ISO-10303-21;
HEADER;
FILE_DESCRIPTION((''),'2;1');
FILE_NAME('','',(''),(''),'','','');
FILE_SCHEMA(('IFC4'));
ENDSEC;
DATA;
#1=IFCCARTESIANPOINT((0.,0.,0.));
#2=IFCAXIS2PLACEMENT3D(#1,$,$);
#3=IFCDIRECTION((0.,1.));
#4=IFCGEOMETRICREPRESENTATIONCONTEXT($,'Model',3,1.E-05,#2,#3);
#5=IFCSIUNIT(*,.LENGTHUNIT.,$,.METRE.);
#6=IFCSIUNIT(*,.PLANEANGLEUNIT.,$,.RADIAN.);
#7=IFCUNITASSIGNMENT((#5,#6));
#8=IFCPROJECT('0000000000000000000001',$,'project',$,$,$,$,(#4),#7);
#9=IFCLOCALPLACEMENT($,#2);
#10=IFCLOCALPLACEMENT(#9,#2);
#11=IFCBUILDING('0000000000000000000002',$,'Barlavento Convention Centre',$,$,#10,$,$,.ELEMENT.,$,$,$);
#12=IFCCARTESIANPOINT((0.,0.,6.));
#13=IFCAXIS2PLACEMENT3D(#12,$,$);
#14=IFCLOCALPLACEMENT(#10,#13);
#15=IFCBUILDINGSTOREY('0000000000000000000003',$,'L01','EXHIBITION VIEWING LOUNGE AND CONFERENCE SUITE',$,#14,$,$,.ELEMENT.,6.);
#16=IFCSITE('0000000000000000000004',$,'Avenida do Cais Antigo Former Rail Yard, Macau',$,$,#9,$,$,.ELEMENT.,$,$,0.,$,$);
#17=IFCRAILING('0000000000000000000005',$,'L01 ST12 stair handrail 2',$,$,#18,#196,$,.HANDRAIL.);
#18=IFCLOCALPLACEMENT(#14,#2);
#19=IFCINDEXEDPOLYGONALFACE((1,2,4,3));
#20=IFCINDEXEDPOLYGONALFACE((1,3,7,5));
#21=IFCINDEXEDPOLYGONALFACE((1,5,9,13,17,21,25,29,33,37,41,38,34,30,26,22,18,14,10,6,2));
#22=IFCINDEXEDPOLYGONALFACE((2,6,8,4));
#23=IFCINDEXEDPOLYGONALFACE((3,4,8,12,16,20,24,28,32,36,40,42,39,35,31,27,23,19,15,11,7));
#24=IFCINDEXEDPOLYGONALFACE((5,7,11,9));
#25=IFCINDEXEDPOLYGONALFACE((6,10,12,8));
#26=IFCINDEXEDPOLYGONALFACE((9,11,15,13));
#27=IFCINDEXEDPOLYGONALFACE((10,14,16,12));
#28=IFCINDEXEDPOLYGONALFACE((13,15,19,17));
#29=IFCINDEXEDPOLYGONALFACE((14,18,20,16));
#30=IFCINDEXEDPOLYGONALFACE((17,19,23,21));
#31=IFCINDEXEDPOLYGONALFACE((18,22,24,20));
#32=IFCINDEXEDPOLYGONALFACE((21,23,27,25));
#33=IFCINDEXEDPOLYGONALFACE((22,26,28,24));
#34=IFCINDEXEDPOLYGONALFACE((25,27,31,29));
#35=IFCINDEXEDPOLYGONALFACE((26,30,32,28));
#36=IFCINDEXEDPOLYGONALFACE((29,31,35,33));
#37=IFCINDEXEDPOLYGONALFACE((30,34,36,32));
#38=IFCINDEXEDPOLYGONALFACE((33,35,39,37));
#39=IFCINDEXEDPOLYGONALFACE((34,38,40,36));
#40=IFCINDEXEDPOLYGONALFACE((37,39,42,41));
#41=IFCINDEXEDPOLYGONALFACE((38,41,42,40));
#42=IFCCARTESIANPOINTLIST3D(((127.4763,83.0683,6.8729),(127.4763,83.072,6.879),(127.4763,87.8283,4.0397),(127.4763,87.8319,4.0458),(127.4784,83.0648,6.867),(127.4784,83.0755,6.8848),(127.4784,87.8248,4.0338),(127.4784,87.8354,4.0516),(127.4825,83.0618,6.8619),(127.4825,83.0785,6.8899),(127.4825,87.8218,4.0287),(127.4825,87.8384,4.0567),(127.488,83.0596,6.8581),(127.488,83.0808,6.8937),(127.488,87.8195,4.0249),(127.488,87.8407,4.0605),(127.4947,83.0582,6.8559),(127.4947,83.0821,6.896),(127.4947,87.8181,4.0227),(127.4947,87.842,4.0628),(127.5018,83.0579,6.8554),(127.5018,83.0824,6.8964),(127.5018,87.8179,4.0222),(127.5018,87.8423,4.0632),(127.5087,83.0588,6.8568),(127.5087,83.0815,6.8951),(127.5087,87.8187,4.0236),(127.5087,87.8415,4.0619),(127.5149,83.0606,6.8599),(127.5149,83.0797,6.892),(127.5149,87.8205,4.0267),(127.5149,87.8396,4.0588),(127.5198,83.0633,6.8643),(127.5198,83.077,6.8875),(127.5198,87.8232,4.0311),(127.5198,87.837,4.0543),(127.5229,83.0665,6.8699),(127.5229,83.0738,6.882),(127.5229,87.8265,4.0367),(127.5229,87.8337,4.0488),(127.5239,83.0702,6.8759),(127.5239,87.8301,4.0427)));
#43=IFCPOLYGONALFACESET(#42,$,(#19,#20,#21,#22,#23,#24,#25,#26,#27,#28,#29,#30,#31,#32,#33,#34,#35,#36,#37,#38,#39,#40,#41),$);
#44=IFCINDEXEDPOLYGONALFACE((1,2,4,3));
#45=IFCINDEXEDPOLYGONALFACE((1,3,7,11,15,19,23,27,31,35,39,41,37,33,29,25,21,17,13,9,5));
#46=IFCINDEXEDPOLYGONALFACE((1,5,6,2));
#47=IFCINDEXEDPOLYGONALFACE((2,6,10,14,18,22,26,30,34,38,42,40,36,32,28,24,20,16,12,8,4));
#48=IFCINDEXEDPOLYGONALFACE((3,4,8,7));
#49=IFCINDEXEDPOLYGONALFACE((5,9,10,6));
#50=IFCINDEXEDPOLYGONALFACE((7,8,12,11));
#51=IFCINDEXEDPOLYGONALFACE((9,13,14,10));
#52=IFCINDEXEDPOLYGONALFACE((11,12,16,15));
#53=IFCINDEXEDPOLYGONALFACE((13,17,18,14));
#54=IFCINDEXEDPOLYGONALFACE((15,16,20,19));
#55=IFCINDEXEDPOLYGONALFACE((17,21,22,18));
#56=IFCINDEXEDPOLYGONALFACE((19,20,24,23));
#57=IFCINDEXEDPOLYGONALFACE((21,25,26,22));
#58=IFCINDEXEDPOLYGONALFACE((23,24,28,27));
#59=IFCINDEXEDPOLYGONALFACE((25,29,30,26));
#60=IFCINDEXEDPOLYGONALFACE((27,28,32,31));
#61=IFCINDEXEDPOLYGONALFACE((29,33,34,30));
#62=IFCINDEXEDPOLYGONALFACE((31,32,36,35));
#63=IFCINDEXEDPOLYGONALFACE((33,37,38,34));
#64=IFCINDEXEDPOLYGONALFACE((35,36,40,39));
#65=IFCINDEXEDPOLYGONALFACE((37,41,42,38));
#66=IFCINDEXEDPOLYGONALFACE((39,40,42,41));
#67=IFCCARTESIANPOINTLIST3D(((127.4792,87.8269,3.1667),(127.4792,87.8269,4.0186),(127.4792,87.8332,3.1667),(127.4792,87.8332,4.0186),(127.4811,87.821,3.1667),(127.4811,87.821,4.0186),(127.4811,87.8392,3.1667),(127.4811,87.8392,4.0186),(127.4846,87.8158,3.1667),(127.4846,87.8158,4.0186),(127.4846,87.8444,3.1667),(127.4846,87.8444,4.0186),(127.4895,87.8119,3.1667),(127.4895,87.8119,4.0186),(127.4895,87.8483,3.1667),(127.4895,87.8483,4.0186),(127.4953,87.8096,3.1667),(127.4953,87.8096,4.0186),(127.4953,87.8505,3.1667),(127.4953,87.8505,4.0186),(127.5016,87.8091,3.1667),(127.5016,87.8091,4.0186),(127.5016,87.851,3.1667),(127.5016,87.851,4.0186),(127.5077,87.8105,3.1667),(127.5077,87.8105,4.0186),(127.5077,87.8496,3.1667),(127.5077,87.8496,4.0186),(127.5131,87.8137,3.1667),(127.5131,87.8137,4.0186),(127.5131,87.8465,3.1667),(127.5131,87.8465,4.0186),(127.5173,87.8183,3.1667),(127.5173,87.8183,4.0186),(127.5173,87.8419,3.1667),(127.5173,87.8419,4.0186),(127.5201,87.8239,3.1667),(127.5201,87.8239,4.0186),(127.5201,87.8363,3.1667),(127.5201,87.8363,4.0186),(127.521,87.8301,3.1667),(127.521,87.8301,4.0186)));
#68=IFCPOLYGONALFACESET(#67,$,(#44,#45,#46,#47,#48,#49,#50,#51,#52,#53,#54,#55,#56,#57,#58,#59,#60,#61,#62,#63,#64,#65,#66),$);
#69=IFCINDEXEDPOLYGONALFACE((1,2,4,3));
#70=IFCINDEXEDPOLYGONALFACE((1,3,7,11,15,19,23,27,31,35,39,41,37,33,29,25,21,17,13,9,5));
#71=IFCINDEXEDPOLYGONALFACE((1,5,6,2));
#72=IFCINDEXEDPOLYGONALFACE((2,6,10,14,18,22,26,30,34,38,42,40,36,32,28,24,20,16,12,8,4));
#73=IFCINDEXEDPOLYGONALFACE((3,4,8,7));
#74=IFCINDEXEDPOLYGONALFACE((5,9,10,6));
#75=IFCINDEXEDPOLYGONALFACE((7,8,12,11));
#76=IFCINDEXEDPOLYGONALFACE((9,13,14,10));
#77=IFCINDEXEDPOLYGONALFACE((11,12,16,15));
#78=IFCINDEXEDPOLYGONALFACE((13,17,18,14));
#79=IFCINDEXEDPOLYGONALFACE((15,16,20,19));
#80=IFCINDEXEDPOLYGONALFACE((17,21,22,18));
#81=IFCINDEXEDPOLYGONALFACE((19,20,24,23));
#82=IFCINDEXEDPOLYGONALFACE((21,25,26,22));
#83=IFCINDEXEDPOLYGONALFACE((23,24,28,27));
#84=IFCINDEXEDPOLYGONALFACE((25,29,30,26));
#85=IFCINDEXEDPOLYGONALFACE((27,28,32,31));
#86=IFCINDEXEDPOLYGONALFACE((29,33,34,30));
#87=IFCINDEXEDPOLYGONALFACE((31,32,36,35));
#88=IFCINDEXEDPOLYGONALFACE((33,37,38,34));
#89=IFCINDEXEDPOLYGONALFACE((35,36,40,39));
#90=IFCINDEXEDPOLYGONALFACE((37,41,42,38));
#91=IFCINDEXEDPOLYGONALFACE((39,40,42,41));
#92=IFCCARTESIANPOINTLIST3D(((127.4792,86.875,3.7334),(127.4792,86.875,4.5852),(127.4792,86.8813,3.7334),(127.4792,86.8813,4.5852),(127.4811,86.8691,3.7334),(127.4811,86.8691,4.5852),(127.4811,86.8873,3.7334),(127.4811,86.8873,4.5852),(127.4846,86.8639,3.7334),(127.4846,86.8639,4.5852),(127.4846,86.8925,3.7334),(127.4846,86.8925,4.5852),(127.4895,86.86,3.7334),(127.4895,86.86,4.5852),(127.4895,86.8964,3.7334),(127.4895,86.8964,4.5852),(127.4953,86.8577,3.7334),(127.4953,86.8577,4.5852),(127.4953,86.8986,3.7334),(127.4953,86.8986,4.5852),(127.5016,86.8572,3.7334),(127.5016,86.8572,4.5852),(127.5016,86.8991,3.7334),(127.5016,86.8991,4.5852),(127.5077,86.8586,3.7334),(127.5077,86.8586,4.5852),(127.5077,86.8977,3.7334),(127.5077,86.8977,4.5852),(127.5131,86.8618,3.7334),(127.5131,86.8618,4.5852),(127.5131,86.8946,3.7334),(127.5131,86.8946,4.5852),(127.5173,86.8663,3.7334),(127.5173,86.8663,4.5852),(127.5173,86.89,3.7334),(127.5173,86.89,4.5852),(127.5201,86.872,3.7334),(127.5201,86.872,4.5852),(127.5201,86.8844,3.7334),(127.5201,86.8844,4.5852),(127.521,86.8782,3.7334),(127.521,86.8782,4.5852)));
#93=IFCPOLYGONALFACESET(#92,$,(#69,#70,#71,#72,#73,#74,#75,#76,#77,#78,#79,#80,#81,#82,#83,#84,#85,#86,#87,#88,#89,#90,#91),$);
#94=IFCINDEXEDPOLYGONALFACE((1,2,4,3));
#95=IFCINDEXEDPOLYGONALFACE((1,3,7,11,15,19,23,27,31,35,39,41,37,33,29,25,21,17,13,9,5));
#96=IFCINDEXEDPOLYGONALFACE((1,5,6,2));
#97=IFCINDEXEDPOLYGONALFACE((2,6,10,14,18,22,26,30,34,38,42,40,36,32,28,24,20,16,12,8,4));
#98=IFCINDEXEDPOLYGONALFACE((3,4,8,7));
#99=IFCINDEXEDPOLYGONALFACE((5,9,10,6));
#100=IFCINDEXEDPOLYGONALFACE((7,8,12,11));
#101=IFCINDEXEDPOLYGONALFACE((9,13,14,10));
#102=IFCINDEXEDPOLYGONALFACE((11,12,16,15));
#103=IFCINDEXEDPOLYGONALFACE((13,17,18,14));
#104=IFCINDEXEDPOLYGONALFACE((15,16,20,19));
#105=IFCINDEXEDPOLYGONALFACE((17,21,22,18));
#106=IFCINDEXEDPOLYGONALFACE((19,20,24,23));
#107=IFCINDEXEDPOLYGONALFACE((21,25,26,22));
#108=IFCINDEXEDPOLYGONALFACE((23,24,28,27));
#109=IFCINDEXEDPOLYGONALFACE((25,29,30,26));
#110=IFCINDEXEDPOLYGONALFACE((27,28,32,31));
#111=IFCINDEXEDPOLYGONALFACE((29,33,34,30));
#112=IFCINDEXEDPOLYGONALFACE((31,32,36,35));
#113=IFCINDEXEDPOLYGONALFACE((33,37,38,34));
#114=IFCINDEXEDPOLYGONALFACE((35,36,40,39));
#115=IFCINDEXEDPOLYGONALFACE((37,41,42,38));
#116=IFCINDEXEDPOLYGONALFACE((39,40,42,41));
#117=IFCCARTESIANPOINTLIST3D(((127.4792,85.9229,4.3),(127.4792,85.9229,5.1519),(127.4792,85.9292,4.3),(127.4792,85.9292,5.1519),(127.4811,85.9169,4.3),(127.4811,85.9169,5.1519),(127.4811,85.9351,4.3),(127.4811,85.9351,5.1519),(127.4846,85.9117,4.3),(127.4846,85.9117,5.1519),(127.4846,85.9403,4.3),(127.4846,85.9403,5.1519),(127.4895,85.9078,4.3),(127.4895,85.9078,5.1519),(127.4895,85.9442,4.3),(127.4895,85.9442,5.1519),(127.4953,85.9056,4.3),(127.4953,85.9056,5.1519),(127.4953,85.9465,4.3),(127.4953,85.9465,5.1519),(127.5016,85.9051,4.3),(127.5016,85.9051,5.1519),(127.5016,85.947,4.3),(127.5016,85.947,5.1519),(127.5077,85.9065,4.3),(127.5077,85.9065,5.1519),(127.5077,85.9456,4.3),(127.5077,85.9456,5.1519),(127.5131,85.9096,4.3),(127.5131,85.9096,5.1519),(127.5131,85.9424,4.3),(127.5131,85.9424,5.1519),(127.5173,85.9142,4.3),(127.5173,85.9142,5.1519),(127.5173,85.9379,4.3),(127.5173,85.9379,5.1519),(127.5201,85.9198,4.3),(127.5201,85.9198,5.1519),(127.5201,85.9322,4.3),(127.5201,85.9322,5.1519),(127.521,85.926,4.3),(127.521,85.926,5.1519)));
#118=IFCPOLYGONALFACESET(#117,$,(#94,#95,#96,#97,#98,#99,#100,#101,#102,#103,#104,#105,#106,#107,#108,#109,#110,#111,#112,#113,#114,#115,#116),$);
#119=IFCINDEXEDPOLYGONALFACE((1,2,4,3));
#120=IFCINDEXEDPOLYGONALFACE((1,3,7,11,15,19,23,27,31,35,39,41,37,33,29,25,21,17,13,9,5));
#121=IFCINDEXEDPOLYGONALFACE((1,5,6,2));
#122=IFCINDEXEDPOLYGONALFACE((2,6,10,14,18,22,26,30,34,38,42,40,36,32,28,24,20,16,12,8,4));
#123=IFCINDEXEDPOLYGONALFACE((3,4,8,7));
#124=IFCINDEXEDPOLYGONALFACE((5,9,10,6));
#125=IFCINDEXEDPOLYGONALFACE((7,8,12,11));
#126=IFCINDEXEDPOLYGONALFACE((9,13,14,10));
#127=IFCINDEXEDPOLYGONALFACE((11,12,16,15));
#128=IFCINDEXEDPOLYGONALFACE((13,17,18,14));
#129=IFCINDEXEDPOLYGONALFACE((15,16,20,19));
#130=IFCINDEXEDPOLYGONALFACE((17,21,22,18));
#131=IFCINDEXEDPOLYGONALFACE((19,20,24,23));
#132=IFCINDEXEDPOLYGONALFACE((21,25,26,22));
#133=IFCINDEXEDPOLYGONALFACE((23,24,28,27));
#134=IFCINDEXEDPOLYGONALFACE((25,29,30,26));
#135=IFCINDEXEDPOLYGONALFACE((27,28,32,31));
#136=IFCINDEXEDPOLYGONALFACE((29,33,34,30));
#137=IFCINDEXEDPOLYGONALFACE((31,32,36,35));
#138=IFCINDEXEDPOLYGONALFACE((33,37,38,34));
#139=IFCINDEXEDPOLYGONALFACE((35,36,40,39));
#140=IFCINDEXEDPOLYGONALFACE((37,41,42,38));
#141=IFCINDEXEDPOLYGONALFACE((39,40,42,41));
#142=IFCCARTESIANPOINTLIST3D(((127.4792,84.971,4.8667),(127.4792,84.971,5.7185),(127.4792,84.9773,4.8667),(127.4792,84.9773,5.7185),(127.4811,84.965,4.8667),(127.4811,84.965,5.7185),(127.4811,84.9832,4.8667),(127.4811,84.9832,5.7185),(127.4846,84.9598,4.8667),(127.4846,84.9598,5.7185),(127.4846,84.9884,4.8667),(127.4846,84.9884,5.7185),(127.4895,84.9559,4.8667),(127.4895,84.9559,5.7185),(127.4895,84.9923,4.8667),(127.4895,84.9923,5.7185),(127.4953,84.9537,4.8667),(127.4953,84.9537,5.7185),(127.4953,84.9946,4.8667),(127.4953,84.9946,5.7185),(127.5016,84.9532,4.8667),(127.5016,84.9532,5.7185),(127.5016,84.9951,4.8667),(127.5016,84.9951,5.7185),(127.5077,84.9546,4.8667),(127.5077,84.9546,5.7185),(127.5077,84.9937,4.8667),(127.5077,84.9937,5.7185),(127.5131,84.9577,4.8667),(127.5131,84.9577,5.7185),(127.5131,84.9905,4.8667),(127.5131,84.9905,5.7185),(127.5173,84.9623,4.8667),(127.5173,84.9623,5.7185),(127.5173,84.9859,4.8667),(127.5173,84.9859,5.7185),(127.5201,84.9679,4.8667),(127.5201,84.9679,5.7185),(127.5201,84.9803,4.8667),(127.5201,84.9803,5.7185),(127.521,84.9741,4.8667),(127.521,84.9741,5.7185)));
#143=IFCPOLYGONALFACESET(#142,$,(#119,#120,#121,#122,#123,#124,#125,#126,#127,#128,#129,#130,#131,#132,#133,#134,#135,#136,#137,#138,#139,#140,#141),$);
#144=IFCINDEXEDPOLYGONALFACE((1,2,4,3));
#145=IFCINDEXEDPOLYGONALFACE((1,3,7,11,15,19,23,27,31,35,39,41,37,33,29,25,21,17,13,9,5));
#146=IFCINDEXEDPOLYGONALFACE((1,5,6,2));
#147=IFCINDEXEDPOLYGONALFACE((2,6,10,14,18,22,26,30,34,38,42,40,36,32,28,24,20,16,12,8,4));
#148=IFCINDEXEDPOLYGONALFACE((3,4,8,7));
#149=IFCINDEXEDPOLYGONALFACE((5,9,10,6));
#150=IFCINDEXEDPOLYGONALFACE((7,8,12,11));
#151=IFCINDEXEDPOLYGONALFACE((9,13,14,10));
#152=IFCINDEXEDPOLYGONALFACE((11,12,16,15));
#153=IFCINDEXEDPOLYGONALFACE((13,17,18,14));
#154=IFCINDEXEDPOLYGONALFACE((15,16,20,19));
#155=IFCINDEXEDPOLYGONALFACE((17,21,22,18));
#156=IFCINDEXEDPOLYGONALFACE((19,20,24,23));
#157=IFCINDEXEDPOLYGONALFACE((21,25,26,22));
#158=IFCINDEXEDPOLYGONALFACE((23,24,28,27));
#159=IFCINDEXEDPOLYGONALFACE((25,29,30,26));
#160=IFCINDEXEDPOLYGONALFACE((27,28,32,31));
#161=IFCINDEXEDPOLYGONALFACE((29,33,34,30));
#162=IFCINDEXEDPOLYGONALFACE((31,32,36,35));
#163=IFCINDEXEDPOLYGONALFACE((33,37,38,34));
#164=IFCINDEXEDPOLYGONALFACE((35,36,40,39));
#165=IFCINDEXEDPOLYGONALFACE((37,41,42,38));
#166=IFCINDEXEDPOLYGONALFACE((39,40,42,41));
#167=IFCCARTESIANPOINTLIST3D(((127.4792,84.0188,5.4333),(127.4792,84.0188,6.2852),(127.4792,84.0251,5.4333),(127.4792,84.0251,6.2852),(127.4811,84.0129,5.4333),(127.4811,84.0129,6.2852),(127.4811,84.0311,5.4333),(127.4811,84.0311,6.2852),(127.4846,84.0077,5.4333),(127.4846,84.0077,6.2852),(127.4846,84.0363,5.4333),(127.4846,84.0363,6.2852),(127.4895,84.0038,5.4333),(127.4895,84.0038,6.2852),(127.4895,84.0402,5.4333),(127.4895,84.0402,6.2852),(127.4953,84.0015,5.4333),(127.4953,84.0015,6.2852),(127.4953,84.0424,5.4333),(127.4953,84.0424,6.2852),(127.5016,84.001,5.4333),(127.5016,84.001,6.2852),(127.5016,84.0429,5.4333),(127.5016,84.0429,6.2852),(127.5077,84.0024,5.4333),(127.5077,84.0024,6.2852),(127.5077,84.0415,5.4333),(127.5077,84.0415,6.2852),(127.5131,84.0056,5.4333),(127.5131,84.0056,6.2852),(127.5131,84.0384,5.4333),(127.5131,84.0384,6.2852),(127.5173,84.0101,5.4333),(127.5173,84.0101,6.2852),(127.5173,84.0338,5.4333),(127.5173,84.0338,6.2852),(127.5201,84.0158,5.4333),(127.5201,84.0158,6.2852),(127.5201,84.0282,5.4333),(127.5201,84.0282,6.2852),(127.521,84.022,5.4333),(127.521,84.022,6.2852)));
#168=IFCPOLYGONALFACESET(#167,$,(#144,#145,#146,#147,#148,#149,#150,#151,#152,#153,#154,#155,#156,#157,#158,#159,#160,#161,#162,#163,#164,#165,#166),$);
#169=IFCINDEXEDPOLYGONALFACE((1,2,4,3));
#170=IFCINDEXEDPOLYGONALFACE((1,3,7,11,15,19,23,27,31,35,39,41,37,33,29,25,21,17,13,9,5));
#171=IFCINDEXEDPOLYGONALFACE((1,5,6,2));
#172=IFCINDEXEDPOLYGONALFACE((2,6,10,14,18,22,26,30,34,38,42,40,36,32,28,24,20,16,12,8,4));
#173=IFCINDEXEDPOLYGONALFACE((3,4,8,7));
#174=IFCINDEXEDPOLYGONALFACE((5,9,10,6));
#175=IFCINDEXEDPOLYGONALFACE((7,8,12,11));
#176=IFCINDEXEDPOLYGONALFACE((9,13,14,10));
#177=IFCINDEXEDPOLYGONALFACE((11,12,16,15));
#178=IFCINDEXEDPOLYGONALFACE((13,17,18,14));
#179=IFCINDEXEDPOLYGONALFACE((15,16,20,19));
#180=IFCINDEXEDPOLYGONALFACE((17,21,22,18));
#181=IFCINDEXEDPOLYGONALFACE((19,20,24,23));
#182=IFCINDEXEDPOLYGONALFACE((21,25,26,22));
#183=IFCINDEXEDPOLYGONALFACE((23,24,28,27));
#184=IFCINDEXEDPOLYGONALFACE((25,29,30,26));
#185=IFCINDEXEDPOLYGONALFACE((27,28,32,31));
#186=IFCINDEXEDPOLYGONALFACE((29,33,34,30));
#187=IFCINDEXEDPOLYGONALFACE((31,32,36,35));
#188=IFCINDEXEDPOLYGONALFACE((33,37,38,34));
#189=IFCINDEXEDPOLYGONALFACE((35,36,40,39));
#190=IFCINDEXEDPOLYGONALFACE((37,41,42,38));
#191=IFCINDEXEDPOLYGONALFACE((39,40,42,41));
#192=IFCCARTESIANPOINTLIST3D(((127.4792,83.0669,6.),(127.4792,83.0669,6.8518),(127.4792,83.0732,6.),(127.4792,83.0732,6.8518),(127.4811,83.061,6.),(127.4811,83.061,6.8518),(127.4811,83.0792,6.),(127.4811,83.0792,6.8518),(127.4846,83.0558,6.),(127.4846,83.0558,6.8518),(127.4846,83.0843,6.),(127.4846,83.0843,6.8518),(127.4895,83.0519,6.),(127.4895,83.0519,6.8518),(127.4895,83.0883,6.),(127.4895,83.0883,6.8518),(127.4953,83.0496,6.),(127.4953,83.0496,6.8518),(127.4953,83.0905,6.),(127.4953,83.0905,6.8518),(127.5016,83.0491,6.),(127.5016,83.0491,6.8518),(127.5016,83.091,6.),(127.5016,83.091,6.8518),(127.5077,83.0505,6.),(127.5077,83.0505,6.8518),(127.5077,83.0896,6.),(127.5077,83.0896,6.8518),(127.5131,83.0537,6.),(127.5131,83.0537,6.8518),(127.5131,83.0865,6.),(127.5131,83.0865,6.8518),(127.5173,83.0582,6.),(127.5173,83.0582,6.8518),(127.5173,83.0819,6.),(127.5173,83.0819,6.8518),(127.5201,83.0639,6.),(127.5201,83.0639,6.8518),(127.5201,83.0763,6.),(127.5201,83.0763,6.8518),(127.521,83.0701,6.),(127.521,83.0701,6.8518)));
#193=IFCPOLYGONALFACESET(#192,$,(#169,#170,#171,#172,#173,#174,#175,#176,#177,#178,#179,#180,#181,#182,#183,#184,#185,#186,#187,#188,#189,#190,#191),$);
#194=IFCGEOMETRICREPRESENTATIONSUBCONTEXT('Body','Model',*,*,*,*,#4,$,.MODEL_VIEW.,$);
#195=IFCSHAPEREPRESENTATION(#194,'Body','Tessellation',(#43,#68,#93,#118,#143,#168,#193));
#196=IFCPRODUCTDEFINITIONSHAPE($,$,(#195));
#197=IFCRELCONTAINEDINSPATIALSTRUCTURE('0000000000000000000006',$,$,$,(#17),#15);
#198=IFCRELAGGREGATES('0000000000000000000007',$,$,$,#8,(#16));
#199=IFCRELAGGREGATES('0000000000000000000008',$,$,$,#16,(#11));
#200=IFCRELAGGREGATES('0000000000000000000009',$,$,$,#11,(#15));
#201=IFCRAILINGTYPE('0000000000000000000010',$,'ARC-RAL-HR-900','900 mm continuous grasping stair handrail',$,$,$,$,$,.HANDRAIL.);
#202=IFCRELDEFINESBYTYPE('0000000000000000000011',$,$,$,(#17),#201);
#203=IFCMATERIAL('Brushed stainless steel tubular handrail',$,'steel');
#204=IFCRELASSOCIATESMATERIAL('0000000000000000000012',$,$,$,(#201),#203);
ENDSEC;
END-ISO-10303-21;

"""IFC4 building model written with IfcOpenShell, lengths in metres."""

from ifc_helpers import new_model, si_unit, direction, frame, origin, origin_2d, place, context, subcontext, project, spatial, circle, extrude, material, type_object, element, save


model = new_model("IFC4")

# Units and contexts
model_context = context("Model", 3, precision=1e-05, world=origin(), true_north=direction((0.0, 1.0)))
body_context = subcontext(model_context, "Body", "Model", "MODEL_VIEW")
ifc_project = project(units=[si_unit("LENGTHUNIT", "METRE"), si_unit("PLANEANGLEUNIT", "RADIAN")], contexts=[model_context])

# Site, building, storey
site_placement = place(None, origin())
site = spatial("IfcSite", under=ifc_project, at=site_placement, Name="Avenida do Cais Antigo Former Rail Yard, Macau", CompositionType="ELEMENT", RefElevation=0.0)
building_placement = place(site_placement, origin())
building = spatial("IfcBuilding", under=site, at=building_placement, Name="Barlavento Convention Centre", CompositionType="ELEMENT")
storey_placement = place(building_placement, frame((0.0, 0.0, 6.0)))
storey = spatial("IfcBuildingStorey", under=building, at=storey_placement, Name="L01", Description="EXHIBITION VIEWING LOUNGE AND CONFERENCE SUITE", CompositionType="ELEMENT", Elevation=6.0)

# Railing
ifc_material_1 = material(Name="Brushed stainless steel tubular handrail", Category="steel")
railing_type_1 = type_object("IfcRailingType", Name="ARC-RAL-HR-900", Description="900 mm continuous grasping stair handrail", PredefinedType="HANDRAIL", material=ifc_material_1)
railing_1_placement = place(storey_placement, frame((127.5, 87.8301, 3.1667)))
element("IfcRailing", 1, at=railing_1_placement, inside=storey, type_object=railing_type_1, Name="L01 ST12 stair handrail 2", PredefinedType="HANDRAIL", context=body_context, shape_type="SweptSolid", body=[
    extrude(circle(Radius=0.0239, at=origin_2d()), frame((0.0, 0.0, 0.876), z_axis=(0.0, -0.8593, 0.511472), x_axis=(1.0, 0.0, 0.0)), (0.0, 0.0, 1.0), 5.5393),
    extrude(circle(Radius=0.021, at=origin_2d()), origin(), (0.0, 0.0, 1.0), 0.8518),
    extrude(circle(Radius=0.021, at=origin_2d()), frame((0.0, -0.9519, 0.5667)), (0.0, 0.0, 1.0), 0.8518),
    extrude(circle(Radius=0.021, at=origin_2d()), frame((0.0, -1.9041, 1.1333)), (0.0, 0.0, 1.0), 0.8518),
    extrude(circle(Radius=0.021, at=origin_2d()), frame((0.0, -2.856, 1.7)), (0.0, 0.0, 1.0), 0.8518),
    extrude(circle(Radius=0.021, at=origin_2d()), frame((0.0, -3.8081, 2.2666)), (0.0, 0.0, 1.0), 0.8518),
    extrude(circle(Radius=0.021, at=origin_2d()), frame((0.0, -4.76, 2.8333)), (0.0, 0.0, 1.0), 0.8518),
])

save(model, "model.ifc")
